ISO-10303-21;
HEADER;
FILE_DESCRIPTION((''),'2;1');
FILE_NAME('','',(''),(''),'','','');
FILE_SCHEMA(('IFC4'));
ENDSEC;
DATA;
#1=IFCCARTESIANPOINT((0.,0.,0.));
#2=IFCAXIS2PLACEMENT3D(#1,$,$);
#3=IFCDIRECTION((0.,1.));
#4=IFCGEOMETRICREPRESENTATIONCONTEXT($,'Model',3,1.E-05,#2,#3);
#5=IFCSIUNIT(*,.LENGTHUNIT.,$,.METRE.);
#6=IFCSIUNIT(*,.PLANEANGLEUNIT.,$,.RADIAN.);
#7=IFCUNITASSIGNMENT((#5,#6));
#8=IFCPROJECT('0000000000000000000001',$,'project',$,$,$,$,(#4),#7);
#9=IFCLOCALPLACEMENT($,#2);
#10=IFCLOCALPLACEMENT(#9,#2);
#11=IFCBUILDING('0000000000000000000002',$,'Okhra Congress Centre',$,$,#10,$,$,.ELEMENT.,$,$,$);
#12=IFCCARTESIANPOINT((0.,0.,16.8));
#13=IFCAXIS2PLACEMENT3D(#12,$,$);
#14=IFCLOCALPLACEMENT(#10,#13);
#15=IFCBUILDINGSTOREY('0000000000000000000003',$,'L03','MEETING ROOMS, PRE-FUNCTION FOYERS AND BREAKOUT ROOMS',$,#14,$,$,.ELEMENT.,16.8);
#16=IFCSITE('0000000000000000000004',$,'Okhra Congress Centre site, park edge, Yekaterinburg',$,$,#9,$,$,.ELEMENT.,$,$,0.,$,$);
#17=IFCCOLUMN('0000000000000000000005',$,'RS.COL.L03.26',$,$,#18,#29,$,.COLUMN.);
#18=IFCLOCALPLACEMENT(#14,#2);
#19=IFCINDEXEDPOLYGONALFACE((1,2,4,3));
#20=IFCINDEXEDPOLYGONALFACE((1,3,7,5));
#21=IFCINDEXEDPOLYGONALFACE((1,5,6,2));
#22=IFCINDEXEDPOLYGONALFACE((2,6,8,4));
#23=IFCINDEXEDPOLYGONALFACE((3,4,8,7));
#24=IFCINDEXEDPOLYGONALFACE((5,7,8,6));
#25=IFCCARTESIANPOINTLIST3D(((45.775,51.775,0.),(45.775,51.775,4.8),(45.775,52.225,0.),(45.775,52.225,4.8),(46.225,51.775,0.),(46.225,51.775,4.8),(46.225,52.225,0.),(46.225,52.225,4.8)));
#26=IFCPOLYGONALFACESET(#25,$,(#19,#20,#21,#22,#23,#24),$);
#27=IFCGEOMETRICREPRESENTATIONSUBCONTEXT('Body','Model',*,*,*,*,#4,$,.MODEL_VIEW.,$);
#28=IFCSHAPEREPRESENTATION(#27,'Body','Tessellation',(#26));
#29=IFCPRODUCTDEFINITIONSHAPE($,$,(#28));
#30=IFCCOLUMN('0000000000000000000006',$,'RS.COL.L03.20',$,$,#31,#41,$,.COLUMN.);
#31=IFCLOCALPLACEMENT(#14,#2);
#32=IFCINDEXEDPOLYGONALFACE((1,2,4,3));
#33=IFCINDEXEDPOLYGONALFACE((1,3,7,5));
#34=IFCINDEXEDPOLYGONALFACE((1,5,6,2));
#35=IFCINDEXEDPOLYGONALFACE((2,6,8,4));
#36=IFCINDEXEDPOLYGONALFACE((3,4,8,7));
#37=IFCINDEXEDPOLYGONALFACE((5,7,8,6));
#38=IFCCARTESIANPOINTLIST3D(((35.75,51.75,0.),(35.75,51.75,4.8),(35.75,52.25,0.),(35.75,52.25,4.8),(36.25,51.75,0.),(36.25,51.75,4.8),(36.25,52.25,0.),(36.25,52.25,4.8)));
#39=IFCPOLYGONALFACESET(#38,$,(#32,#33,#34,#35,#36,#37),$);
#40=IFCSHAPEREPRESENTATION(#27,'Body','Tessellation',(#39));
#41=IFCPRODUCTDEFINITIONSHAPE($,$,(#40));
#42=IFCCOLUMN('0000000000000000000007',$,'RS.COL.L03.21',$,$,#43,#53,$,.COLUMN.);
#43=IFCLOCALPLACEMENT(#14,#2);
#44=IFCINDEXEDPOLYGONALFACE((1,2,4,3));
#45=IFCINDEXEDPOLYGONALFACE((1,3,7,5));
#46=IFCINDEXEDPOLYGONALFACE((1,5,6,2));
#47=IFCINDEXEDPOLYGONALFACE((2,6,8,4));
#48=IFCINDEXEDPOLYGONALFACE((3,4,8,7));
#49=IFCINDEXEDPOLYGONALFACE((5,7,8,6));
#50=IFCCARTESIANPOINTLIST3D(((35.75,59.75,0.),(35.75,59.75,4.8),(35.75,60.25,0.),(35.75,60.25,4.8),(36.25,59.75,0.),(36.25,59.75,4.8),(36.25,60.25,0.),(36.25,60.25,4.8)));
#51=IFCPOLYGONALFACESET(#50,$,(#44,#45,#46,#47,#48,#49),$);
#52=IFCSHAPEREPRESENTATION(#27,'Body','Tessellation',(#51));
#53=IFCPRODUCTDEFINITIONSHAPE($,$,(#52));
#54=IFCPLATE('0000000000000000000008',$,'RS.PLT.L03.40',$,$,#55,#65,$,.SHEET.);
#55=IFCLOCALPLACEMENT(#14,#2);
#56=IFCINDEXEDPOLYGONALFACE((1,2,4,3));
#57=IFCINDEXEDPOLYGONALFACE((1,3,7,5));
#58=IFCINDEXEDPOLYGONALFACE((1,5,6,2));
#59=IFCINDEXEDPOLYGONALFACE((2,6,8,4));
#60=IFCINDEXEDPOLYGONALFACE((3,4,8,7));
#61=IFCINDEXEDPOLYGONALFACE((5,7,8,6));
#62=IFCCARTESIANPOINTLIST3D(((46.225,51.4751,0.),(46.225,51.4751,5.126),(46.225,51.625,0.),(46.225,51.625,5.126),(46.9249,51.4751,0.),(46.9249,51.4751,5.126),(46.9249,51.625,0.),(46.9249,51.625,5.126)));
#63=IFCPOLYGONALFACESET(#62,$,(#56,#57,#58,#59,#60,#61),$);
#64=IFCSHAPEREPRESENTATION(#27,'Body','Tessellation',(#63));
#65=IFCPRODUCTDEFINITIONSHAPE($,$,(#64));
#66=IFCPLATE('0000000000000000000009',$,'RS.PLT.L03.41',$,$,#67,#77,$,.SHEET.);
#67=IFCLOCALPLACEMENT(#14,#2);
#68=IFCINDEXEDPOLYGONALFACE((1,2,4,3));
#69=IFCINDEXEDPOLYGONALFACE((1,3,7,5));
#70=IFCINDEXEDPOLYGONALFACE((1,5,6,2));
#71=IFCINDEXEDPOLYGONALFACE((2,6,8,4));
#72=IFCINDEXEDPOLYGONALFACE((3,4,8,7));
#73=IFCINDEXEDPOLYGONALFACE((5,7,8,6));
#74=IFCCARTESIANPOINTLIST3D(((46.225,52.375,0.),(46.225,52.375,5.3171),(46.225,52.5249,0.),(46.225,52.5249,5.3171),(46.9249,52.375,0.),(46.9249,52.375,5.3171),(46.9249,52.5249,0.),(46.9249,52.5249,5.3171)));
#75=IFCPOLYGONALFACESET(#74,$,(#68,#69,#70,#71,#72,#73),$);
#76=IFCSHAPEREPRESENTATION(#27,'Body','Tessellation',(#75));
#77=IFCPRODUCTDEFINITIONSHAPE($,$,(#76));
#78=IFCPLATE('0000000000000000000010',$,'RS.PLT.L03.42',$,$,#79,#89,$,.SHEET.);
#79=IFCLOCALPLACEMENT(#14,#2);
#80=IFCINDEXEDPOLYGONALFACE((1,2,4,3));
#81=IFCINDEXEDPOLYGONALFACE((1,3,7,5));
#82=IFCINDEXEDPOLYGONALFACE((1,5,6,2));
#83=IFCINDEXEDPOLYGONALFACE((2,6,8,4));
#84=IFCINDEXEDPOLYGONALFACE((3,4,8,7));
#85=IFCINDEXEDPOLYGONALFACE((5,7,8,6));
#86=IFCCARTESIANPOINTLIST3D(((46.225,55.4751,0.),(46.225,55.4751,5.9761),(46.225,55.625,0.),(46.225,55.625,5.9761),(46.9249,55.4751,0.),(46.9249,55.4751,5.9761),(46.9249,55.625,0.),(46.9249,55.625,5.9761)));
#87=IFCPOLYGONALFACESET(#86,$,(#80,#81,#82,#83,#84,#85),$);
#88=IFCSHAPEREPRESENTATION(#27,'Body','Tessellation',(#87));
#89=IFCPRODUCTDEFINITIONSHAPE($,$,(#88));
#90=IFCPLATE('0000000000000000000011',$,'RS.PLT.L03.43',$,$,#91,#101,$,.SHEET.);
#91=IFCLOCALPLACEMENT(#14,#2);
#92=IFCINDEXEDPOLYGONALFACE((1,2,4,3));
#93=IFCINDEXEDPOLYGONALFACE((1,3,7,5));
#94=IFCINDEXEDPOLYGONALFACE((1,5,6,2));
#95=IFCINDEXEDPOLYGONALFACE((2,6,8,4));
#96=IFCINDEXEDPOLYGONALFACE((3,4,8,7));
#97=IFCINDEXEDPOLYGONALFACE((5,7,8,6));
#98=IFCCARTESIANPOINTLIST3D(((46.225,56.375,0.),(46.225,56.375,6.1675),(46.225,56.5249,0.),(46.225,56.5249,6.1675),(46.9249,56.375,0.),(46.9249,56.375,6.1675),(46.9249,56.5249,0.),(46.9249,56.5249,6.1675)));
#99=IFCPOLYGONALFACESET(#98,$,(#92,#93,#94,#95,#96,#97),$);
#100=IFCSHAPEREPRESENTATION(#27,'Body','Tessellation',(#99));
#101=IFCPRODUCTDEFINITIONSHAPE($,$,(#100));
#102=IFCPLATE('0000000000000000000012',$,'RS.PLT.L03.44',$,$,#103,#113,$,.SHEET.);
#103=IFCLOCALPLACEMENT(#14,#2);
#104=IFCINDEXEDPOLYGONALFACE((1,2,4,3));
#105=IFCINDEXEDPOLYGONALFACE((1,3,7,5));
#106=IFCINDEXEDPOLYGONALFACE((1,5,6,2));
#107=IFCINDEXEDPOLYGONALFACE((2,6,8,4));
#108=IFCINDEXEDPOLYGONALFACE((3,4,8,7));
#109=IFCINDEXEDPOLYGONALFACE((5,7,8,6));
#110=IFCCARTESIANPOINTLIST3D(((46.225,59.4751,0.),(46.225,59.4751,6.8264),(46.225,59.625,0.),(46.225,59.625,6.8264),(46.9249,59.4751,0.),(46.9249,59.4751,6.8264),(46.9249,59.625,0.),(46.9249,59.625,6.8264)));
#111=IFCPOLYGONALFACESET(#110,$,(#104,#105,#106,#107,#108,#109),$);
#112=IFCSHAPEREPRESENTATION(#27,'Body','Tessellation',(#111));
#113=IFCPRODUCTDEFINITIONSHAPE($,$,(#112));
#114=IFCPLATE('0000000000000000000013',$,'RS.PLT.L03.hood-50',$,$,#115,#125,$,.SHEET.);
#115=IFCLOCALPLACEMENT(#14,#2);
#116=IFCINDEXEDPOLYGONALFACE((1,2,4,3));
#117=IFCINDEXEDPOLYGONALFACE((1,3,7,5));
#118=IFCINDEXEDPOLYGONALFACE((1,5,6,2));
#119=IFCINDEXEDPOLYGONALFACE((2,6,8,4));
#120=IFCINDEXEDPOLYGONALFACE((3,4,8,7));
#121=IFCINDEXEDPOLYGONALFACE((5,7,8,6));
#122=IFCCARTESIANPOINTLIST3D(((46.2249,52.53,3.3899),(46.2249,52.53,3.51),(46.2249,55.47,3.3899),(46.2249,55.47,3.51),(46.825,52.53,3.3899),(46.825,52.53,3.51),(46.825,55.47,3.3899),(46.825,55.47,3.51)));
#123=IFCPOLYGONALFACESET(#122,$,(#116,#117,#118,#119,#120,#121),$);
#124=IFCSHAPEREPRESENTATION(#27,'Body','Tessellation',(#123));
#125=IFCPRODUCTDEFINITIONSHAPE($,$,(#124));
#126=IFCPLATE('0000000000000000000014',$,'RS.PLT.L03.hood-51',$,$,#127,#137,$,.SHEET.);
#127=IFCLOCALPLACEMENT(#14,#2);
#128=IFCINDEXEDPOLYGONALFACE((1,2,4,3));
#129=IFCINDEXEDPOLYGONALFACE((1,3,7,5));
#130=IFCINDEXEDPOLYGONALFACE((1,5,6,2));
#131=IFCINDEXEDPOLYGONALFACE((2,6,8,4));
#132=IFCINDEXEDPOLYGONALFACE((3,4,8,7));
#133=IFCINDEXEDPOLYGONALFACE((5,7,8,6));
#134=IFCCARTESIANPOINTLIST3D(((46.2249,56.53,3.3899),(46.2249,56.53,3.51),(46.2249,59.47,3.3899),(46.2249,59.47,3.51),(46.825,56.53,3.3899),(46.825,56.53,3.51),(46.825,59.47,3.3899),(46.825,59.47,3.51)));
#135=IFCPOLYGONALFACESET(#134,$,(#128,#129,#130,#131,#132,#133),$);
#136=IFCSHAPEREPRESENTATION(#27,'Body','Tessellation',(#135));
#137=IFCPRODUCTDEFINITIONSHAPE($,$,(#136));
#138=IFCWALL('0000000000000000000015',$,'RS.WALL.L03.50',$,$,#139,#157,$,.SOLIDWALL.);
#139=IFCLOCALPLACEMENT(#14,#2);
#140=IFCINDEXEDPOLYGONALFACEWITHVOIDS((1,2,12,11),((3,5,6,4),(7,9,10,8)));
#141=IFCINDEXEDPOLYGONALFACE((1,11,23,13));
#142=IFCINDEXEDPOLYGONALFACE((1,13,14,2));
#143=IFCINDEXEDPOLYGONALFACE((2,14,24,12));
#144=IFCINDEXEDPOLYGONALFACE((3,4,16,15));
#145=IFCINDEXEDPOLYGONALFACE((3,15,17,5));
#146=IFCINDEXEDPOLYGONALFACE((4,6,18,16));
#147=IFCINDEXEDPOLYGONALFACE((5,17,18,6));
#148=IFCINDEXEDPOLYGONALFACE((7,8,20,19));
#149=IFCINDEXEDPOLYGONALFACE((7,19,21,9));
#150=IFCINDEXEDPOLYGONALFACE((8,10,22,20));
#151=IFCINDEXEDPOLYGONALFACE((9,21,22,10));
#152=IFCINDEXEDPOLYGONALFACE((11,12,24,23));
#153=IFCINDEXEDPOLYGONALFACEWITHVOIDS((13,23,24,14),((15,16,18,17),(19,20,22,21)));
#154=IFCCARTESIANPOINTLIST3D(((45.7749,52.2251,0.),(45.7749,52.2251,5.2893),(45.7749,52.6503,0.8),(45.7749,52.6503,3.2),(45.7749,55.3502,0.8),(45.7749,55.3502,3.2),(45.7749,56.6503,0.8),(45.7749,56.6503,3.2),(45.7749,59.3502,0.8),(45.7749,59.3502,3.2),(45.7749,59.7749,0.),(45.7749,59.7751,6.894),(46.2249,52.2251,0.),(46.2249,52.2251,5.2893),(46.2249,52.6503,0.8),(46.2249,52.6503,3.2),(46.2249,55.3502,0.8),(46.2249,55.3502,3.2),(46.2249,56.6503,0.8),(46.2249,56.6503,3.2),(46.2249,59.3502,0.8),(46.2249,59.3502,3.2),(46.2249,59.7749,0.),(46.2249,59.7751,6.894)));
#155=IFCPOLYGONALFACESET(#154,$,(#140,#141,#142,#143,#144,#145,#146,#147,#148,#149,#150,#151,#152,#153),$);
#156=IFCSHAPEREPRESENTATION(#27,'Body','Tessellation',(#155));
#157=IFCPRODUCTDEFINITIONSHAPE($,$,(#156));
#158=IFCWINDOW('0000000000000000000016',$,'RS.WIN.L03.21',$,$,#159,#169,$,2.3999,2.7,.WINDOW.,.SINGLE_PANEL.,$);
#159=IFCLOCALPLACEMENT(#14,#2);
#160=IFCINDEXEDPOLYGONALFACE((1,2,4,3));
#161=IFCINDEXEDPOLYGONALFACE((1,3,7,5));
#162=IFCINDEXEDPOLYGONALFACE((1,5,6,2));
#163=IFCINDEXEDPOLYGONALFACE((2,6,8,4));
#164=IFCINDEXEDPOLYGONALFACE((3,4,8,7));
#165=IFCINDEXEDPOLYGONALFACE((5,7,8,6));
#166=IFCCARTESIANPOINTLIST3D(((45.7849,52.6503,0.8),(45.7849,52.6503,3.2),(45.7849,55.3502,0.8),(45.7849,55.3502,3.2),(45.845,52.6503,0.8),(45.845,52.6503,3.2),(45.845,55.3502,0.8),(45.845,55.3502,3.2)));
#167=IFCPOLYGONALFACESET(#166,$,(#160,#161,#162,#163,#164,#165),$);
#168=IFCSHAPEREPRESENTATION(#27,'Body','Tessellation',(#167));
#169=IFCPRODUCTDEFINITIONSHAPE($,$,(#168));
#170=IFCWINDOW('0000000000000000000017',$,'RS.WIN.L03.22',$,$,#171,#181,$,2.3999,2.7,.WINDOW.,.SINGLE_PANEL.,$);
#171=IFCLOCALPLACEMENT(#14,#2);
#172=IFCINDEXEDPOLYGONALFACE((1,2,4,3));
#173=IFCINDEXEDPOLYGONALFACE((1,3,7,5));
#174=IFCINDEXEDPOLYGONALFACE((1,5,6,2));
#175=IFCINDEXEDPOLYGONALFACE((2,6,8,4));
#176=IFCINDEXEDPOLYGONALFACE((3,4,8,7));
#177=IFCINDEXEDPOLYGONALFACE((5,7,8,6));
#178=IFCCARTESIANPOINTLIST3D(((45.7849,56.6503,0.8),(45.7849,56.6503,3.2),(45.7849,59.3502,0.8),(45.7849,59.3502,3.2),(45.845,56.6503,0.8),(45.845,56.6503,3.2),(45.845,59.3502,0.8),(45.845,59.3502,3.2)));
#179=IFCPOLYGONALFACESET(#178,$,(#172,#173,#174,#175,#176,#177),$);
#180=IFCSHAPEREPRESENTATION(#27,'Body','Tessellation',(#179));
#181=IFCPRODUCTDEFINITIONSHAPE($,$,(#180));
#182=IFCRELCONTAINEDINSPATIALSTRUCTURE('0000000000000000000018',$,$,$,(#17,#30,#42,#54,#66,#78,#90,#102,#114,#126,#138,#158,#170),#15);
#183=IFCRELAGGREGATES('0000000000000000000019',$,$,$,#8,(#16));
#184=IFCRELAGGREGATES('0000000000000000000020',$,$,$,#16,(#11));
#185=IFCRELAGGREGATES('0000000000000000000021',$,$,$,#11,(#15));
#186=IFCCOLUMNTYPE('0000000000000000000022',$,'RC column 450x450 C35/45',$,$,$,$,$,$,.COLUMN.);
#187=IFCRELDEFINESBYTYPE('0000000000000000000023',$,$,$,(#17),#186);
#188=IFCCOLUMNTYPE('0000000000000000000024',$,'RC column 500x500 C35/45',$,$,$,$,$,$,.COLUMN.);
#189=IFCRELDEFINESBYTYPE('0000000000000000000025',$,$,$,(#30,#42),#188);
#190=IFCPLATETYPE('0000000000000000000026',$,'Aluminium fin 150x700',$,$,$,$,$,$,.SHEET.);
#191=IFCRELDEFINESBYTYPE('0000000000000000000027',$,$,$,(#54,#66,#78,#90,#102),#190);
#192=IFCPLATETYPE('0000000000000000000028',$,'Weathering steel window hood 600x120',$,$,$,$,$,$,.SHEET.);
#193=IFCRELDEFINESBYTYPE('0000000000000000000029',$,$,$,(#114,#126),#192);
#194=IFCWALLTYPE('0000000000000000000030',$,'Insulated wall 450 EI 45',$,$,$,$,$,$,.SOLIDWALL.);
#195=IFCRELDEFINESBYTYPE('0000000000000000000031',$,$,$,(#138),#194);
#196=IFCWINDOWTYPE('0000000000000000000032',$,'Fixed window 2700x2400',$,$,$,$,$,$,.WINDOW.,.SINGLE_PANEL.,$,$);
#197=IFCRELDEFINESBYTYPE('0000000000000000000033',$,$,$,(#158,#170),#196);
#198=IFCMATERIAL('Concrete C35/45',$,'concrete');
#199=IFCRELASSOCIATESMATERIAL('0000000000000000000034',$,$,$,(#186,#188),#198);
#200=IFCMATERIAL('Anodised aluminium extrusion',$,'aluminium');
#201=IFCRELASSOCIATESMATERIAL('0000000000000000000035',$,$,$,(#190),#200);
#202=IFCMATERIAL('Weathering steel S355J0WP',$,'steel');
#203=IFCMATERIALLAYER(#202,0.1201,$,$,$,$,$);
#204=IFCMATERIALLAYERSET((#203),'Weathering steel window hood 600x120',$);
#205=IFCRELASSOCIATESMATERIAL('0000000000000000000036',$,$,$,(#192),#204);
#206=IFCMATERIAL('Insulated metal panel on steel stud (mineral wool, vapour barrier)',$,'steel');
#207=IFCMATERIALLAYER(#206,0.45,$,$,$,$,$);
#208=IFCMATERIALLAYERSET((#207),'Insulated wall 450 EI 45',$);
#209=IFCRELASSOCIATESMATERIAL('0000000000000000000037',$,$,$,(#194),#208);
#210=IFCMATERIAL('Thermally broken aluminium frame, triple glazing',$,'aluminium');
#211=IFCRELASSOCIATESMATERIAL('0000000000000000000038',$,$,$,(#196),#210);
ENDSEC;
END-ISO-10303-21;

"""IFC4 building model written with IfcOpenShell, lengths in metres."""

from ifc_helpers import new_model, si_unit, direction, frame, frame_2d, origin, origin_2d, place, context, subcontext, project, spatial, polyline, rectangle, outline, extrude, material, layer, layer_set, material_profile, profile_set, type_object, element, fill, save


model = new_model("IFC4")

# Units and contexts
model_context = context("Model", 3, precision=1e-05, world=origin(), true_north=direction((0.0, 1.0)))
body_context = subcontext(model_context, "Body", "Model", "MODEL_VIEW")
ifc_project = project(units=[si_unit("LENGTHUNIT", "METRE"), si_unit("PLANEANGLEUNIT", "RADIAN")], contexts=[model_context])

# Site, building, storey
site_placement = place(None, origin())
site = spatial("IfcSite", under=ifc_project, at=site_placement, Name="Okhra Congress Centre site, park edge, Yekaterinburg", CompositionType="ELEMENT", RefElevation=0.0)
building_placement = place(site_placement, origin())
building = spatial("IfcBuilding", under=site, at=building_placement, Name="Okhra Congress Centre", CompositionType="ELEMENT")
storey_placement = place(building_placement, frame((0.0, 0.0, 16.8)))
storey = spatial("IfcBuildingStorey", under=building, at=storey_placement, Name="L03", Description="MEETING ROOMS, PRE-FUNCTION FOYERS AND BREAKOUT ROOMS", CompositionType="ELEMENT", Elevation=16.8)

# Columns
ifc_material_1 = material(Name="Concrete C35/45", Category="concrete")
ifc_material_profile_1 = material_profile(ifc_material_1, rectangle(XDim=0.45, YDim=0.45, at=origin_2d()), Name="RC 450x450")
ifc_profile_set_1 = profile_set([ifc_material_profile_1], Name="Concrete C35/45")
column_type_1 = type_object("IfcColumnType", Name="RC column 450x450 C35/45", PredefinedType="COLUMN", material=ifc_profile_set_1)
column_placement = place(storey_placement, frame((46.0, 52.0, 0.0), z_axis=(0.0, 0.0, 1.0), x_axis=(1.0, 0.0, 0.0)))
element("IfcColumn", 1, at=column_placement, inside=storey, type_object=column_type_1, Name="RS.COL.L03.26", PredefinedType="COLUMN", context=body_context, shape_type="SweptSolid", body=[
    extrude(rectangle(XDim=0.45, YDim=0.45, at=origin_2d()), origin(), (0.0, 0.0, 1.0), 4.8),
])
ifc_material_profile_2 = material_profile(ifc_material_1, rectangle(XDim=0.5, YDim=0.5, at=origin_2d()), Name="RC 500x500")
ifc_profile_set_2 = profile_set([ifc_material_profile_2], Name="Concrete C35/45")
column_type_2 = type_object("IfcColumnType", Name="RC column 500x500 C35/45", PredefinedType="COLUMN", material=ifc_profile_set_2)
for number, where, z_axis, x_axis, name in (
    (2, (36.0, 52.0, 0.0), (0.0, 0.0, 1.0), (1.0, 0.0, 0.0), "RS.COL.L03.20"),
    (3, (36.0, 60.0, 0.0), (0.0, 0.0, 1.0), (1.0, 0.0, 0.0), "RS.COL.L03.21"),
):
    element("IfcColumn", number, at=place(storey_placement, frame(where, z_axis=z_axis, x_axis=x_axis)), inside=storey, type_object=column_type_2, Name=name, PredefinedType="COLUMN", context=body_context, shape_type="SweptSolid", body=[
        extrude(rectangle(XDim=0.5, YDim=0.5, at=origin_2d()), origin(), (0.0, 0.0, 1.0), 4.8),
    ])

# Plates
ifc_material_2 = material(Name="Anodised aluminium extrusion", Category="aluminium")
plate_type_1 = type_object("IfcPlateType", Name="Aluminium fin 150x700", PredefinedType="SHEET", material=ifc_material_2)
plate_1_placement = place(storey_placement, frame((46.575, 51.55, 0.0), z_axis=(0.0, 0.0, 1.0), x_axis=(0.0, 1.0, 0.0)))
element("IfcPlate", 4, at=plate_1_placement, inside=storey, type_object=plate_type_1, Name="RS.PLT.L03.40", PredefinedType="SHEET", context=body_context, shape_type="SweptSolid", body=[
    extrude(rectangle(XDim=0.1499, YDim=0.7, at=origin_2d()), origin(), (0.0, 0.0, 1.0), 5.126),
])
plate_2_placement = place(storey_placement, frame((46.575, 52.45, 0.0), z_axis=(0.0, 0.0, 1.0), x_axis=(0.0, 1.0, 0.0)))
element("IfcPlate", 5, at=plate_2_placement, inside=storey, type_object=plate_type_1, Name="RS.PLT.L03.41", PredefinedType="SHEET", context=body_context, shape_type="SweptSolid", body=[
    extrude(rectangle(XDim=0.1499, YDim=0.7, at=origin_2d()), origin(), (0.0, 0.0, 1.0), 5.3171),
])
plate_3_placement = place(storey_placement, frame((46.575, 55.55, 0.0), z_axis=(0.0, 0.0, 1.0), x_axis=(0.0, 1.0, 0.0)))
element("IfcPlate", 6, at=plate_3_placement, inside=storey, type_object=plate_type_1, Name="RS.PLT.L03.42", PredefinedType="SHEET", context=body_context, shape_type="SweptSolid", body=[
    extrude(rectangle(XDim=0.1499, YDim=0.7, at=origin_2d()), origin(), (0.0, 0.0, 1.0), 5.9761),
])
plate_4_placement = place(storey_placement, frame((46.575, 56.45, 0.0), z_axis=(0.0, 0.0, 1.0), x_axis=(0.0, 1.0, 0.0)))
element("IfcPlate", 7, at=plate_4_placement, inside=storey, type_object=plate_type_1, Name="RS.PLT.L03.43", PredefinedType="SHEET", context=body_context, shape_type="SweptSolid", body=[
    extrude(rectangle(XDim=0.1499, YDim=0.7, at=origin_2d()), origin(), (0.0, 0.0, 1.0), 6.1675),
])
plate_5_placement = place(storey_placement, frame((46.575, 59.55, 0.0), z_axis=(0.0, 0.0, 1.0), x_axis=(0.0, 1.0, 0.0)))
element("IfcPlate", 8, at=plate_5_placement, inside=storey, type_object=plate_type_1, Name="RS.PLT.L03.44", PredefinedType="SHEET", context=body_context, shape_type="SweptSolid", body=[
    extrude(rectangle(XDim=0.1499, YDim=0.7, at=origin_2d()), origin(), (0.0, 0.0, 1.0), 6.8264),
])
ifc_material_3 = material(Name="Weathering steel S355J0WP", Category="steel")
ifc_layer_1 = layer(ifc_material_3, 0.1201)
ifc_layer_set_1 = layer_set([ifc_layer_1], Name="Weathering steel window hood 600x120")
plate_type_2 = type_object("IfcPlateType", Name="Weathering steel window hood 600x120", PredefinedType="SHEET", material=ifc_layer_set_1)
for number, where, z_axis, x_axis, name in (
    (9, (46.5249, 54.0, 3.3899), (0.0, 0.0, 1.0), (0.0, 1.0, 0.0), "RS.PLT.L03.hood-50"),
    (10, (46.5249, 58.0, 3.3899), (0.0, 0.0, 1.0), (0.0, 1.0, 0.0), "RS.PLT.L03.hood-51"),
):
    element("IfcPlate", number, at=place(storey_placement, frame(where, z_axis=z_axis, x_axis=x_axis)), inside=storey, type_object=plate_type_2, Name=name, PredefinedType="SHEET", context=body_context, shape_type="SweptSolid", body=[
        extrude(rectangle(XDim=2.9399, YDim=0.6001, at=origin_2d()), origin(), (0.0, 0.0, 1.0), 0.1201),
    ])

# Wall, openings, windows
ifc_material_4 = material(Name="Insulated metal panel on steel stud (mineral wool, vapour barrier)", Category="steel")
ifc_layer_2 = layer(ifc_material_4, 0.45)
ifc_layer_set_2 = layer_set([ifc_layer_2], Name="Insulated wall 450 EI 45")
wall_type_1 = type_object("IfcWallType", Name="Insulated wall 450 EI 45", PredefinedType="SOLIDWALL", material=ifc_layer_set_2)
wall_1_placement = place(storey_placement, frame((46.0, 52.2251, 0.0), z_axis=(0.0, 0.0, 1.0), x_axis=(0.0, 1.0, 0.0)))
wall_1 = element("IfcWall", 11, at=wall_1_placement, inside=storey, type_object=wall_type_1, Name="RS.WALL.L03.50", PredefinedType="SOLIDWALL", context=body_context, shape_type="SweptSolid", body=[
    extrude(outline(polyline([(0.0, 0.0), (7.5498, 0.0), (7.55, 6.894), (0.0, 5.2893), (0.0, 0.0)])), frame((0.0, 0.2251, 0.0), z_axis=(0.0, -1.0, 0.0), x_axis=(1.0, 0.0, 0.0)), (0.0, 0.0, 1.0), 0.45),
])
opening_1_placement = place(wall_1_placement, frame((0.425, 0.0, 0.8)))
opening_1 = element("IfcOpeningElement", 12, at=opening_1_placement, cuts=wall_1, PredefinedType="OPENING", context=body_context, shape_type="SweptSolid", body=[
    extrude(rectangle(XDim=2.7, YDim=2.3999, at=frame_2d((1.3501, 1.2))), frame((0.0, 0.2349, 0.0), z_axis=(0.0, -1.0, 0.0), x_axis=(1.0, 0.0, 0.0)), (0.0, 0.0, 1.0), 0.47),
])
opening_2_placement = place(wall_1_placement, frame((4.425, 0.0, 0.8)))
opening_2 = element("IfcOpeningElement", 13, at=opening_2_placement, cuts=wall_1, PredefinedType="OPENING", context=body_context, shape_type="SweptSolid", body=[
    extrude(rectangle(XDim=2.7, YDim=2.3999, at=frame_2d((1.3501, 1.2))), frame((0.0, 0.2349, 0.0), z_axis=(0.0, -1.0, 0.0), x_axis=(1.0, 0.0, 0.0)), (0.0, 0.0, 1.0), 0.47),
])
ifc_material_5 = material(Name="Thermally broken aluminium frame, triple glazing", Category="aluminium")
window_type = type_object("IfcWindowType", Name="Fixed window 2700x2400", PartitioningType="SINGLE_PANEL", PredefinedType="WINDOW", material=ifc_material_5)
window_1_placement = place(opening_1_placement, origin())
window_1 = element("IfcWindow", 14, at=window_1_placement, inside=storey, type_object=window_type, Name="RS.WIN.L03.21", OverallHeight=2.3999, OverallWidth=2.7, PartitioningType="SINGLE_PANEL", PredefinedType="WINDOW", context=body_context, shape_type="SweptSolid", body=[
    extrude(rectangle(XDim=2.7, YDim=2.3999, at=frame_2d((1.3501, 1.2))), frame((0.0, 0.2151, 0.0), z_axis=(0.0, -1.0, 0.0), x_axis=(1.0, 0.0, 0.0)), (0.0, 0.0, 1.0), 0.0601),
])
fill(opening_1, window_1)
window_2_placement = place(opening_2_placement, origin())
window_2 = element("IfcWindow", 15, at=window_2_placement, inside=storey, type_object=window_type, Name="RS.WIN.L03.22", OverallHeight=2.3999, OverallWidth=2.7, PartitioningType="SINGLE_PANEL", PredefinedType="WINDOW", context=body_context, shape_type="SweptSolid", body=[
    extrude(rectangle(XDim=2.7, YDim=2.3999, at=frame_2d((1.3501, 1.2))), frame((0.0, 0.2151, 0.0), z_axis=(0.0, -1.0, 0.0), x_axis=(1.0, 0.0, 0.0)), (0.0, 0.0, 1.0), 0.0601),
])
fill(opening_2, window_2)

save(model, "model.ifc")
